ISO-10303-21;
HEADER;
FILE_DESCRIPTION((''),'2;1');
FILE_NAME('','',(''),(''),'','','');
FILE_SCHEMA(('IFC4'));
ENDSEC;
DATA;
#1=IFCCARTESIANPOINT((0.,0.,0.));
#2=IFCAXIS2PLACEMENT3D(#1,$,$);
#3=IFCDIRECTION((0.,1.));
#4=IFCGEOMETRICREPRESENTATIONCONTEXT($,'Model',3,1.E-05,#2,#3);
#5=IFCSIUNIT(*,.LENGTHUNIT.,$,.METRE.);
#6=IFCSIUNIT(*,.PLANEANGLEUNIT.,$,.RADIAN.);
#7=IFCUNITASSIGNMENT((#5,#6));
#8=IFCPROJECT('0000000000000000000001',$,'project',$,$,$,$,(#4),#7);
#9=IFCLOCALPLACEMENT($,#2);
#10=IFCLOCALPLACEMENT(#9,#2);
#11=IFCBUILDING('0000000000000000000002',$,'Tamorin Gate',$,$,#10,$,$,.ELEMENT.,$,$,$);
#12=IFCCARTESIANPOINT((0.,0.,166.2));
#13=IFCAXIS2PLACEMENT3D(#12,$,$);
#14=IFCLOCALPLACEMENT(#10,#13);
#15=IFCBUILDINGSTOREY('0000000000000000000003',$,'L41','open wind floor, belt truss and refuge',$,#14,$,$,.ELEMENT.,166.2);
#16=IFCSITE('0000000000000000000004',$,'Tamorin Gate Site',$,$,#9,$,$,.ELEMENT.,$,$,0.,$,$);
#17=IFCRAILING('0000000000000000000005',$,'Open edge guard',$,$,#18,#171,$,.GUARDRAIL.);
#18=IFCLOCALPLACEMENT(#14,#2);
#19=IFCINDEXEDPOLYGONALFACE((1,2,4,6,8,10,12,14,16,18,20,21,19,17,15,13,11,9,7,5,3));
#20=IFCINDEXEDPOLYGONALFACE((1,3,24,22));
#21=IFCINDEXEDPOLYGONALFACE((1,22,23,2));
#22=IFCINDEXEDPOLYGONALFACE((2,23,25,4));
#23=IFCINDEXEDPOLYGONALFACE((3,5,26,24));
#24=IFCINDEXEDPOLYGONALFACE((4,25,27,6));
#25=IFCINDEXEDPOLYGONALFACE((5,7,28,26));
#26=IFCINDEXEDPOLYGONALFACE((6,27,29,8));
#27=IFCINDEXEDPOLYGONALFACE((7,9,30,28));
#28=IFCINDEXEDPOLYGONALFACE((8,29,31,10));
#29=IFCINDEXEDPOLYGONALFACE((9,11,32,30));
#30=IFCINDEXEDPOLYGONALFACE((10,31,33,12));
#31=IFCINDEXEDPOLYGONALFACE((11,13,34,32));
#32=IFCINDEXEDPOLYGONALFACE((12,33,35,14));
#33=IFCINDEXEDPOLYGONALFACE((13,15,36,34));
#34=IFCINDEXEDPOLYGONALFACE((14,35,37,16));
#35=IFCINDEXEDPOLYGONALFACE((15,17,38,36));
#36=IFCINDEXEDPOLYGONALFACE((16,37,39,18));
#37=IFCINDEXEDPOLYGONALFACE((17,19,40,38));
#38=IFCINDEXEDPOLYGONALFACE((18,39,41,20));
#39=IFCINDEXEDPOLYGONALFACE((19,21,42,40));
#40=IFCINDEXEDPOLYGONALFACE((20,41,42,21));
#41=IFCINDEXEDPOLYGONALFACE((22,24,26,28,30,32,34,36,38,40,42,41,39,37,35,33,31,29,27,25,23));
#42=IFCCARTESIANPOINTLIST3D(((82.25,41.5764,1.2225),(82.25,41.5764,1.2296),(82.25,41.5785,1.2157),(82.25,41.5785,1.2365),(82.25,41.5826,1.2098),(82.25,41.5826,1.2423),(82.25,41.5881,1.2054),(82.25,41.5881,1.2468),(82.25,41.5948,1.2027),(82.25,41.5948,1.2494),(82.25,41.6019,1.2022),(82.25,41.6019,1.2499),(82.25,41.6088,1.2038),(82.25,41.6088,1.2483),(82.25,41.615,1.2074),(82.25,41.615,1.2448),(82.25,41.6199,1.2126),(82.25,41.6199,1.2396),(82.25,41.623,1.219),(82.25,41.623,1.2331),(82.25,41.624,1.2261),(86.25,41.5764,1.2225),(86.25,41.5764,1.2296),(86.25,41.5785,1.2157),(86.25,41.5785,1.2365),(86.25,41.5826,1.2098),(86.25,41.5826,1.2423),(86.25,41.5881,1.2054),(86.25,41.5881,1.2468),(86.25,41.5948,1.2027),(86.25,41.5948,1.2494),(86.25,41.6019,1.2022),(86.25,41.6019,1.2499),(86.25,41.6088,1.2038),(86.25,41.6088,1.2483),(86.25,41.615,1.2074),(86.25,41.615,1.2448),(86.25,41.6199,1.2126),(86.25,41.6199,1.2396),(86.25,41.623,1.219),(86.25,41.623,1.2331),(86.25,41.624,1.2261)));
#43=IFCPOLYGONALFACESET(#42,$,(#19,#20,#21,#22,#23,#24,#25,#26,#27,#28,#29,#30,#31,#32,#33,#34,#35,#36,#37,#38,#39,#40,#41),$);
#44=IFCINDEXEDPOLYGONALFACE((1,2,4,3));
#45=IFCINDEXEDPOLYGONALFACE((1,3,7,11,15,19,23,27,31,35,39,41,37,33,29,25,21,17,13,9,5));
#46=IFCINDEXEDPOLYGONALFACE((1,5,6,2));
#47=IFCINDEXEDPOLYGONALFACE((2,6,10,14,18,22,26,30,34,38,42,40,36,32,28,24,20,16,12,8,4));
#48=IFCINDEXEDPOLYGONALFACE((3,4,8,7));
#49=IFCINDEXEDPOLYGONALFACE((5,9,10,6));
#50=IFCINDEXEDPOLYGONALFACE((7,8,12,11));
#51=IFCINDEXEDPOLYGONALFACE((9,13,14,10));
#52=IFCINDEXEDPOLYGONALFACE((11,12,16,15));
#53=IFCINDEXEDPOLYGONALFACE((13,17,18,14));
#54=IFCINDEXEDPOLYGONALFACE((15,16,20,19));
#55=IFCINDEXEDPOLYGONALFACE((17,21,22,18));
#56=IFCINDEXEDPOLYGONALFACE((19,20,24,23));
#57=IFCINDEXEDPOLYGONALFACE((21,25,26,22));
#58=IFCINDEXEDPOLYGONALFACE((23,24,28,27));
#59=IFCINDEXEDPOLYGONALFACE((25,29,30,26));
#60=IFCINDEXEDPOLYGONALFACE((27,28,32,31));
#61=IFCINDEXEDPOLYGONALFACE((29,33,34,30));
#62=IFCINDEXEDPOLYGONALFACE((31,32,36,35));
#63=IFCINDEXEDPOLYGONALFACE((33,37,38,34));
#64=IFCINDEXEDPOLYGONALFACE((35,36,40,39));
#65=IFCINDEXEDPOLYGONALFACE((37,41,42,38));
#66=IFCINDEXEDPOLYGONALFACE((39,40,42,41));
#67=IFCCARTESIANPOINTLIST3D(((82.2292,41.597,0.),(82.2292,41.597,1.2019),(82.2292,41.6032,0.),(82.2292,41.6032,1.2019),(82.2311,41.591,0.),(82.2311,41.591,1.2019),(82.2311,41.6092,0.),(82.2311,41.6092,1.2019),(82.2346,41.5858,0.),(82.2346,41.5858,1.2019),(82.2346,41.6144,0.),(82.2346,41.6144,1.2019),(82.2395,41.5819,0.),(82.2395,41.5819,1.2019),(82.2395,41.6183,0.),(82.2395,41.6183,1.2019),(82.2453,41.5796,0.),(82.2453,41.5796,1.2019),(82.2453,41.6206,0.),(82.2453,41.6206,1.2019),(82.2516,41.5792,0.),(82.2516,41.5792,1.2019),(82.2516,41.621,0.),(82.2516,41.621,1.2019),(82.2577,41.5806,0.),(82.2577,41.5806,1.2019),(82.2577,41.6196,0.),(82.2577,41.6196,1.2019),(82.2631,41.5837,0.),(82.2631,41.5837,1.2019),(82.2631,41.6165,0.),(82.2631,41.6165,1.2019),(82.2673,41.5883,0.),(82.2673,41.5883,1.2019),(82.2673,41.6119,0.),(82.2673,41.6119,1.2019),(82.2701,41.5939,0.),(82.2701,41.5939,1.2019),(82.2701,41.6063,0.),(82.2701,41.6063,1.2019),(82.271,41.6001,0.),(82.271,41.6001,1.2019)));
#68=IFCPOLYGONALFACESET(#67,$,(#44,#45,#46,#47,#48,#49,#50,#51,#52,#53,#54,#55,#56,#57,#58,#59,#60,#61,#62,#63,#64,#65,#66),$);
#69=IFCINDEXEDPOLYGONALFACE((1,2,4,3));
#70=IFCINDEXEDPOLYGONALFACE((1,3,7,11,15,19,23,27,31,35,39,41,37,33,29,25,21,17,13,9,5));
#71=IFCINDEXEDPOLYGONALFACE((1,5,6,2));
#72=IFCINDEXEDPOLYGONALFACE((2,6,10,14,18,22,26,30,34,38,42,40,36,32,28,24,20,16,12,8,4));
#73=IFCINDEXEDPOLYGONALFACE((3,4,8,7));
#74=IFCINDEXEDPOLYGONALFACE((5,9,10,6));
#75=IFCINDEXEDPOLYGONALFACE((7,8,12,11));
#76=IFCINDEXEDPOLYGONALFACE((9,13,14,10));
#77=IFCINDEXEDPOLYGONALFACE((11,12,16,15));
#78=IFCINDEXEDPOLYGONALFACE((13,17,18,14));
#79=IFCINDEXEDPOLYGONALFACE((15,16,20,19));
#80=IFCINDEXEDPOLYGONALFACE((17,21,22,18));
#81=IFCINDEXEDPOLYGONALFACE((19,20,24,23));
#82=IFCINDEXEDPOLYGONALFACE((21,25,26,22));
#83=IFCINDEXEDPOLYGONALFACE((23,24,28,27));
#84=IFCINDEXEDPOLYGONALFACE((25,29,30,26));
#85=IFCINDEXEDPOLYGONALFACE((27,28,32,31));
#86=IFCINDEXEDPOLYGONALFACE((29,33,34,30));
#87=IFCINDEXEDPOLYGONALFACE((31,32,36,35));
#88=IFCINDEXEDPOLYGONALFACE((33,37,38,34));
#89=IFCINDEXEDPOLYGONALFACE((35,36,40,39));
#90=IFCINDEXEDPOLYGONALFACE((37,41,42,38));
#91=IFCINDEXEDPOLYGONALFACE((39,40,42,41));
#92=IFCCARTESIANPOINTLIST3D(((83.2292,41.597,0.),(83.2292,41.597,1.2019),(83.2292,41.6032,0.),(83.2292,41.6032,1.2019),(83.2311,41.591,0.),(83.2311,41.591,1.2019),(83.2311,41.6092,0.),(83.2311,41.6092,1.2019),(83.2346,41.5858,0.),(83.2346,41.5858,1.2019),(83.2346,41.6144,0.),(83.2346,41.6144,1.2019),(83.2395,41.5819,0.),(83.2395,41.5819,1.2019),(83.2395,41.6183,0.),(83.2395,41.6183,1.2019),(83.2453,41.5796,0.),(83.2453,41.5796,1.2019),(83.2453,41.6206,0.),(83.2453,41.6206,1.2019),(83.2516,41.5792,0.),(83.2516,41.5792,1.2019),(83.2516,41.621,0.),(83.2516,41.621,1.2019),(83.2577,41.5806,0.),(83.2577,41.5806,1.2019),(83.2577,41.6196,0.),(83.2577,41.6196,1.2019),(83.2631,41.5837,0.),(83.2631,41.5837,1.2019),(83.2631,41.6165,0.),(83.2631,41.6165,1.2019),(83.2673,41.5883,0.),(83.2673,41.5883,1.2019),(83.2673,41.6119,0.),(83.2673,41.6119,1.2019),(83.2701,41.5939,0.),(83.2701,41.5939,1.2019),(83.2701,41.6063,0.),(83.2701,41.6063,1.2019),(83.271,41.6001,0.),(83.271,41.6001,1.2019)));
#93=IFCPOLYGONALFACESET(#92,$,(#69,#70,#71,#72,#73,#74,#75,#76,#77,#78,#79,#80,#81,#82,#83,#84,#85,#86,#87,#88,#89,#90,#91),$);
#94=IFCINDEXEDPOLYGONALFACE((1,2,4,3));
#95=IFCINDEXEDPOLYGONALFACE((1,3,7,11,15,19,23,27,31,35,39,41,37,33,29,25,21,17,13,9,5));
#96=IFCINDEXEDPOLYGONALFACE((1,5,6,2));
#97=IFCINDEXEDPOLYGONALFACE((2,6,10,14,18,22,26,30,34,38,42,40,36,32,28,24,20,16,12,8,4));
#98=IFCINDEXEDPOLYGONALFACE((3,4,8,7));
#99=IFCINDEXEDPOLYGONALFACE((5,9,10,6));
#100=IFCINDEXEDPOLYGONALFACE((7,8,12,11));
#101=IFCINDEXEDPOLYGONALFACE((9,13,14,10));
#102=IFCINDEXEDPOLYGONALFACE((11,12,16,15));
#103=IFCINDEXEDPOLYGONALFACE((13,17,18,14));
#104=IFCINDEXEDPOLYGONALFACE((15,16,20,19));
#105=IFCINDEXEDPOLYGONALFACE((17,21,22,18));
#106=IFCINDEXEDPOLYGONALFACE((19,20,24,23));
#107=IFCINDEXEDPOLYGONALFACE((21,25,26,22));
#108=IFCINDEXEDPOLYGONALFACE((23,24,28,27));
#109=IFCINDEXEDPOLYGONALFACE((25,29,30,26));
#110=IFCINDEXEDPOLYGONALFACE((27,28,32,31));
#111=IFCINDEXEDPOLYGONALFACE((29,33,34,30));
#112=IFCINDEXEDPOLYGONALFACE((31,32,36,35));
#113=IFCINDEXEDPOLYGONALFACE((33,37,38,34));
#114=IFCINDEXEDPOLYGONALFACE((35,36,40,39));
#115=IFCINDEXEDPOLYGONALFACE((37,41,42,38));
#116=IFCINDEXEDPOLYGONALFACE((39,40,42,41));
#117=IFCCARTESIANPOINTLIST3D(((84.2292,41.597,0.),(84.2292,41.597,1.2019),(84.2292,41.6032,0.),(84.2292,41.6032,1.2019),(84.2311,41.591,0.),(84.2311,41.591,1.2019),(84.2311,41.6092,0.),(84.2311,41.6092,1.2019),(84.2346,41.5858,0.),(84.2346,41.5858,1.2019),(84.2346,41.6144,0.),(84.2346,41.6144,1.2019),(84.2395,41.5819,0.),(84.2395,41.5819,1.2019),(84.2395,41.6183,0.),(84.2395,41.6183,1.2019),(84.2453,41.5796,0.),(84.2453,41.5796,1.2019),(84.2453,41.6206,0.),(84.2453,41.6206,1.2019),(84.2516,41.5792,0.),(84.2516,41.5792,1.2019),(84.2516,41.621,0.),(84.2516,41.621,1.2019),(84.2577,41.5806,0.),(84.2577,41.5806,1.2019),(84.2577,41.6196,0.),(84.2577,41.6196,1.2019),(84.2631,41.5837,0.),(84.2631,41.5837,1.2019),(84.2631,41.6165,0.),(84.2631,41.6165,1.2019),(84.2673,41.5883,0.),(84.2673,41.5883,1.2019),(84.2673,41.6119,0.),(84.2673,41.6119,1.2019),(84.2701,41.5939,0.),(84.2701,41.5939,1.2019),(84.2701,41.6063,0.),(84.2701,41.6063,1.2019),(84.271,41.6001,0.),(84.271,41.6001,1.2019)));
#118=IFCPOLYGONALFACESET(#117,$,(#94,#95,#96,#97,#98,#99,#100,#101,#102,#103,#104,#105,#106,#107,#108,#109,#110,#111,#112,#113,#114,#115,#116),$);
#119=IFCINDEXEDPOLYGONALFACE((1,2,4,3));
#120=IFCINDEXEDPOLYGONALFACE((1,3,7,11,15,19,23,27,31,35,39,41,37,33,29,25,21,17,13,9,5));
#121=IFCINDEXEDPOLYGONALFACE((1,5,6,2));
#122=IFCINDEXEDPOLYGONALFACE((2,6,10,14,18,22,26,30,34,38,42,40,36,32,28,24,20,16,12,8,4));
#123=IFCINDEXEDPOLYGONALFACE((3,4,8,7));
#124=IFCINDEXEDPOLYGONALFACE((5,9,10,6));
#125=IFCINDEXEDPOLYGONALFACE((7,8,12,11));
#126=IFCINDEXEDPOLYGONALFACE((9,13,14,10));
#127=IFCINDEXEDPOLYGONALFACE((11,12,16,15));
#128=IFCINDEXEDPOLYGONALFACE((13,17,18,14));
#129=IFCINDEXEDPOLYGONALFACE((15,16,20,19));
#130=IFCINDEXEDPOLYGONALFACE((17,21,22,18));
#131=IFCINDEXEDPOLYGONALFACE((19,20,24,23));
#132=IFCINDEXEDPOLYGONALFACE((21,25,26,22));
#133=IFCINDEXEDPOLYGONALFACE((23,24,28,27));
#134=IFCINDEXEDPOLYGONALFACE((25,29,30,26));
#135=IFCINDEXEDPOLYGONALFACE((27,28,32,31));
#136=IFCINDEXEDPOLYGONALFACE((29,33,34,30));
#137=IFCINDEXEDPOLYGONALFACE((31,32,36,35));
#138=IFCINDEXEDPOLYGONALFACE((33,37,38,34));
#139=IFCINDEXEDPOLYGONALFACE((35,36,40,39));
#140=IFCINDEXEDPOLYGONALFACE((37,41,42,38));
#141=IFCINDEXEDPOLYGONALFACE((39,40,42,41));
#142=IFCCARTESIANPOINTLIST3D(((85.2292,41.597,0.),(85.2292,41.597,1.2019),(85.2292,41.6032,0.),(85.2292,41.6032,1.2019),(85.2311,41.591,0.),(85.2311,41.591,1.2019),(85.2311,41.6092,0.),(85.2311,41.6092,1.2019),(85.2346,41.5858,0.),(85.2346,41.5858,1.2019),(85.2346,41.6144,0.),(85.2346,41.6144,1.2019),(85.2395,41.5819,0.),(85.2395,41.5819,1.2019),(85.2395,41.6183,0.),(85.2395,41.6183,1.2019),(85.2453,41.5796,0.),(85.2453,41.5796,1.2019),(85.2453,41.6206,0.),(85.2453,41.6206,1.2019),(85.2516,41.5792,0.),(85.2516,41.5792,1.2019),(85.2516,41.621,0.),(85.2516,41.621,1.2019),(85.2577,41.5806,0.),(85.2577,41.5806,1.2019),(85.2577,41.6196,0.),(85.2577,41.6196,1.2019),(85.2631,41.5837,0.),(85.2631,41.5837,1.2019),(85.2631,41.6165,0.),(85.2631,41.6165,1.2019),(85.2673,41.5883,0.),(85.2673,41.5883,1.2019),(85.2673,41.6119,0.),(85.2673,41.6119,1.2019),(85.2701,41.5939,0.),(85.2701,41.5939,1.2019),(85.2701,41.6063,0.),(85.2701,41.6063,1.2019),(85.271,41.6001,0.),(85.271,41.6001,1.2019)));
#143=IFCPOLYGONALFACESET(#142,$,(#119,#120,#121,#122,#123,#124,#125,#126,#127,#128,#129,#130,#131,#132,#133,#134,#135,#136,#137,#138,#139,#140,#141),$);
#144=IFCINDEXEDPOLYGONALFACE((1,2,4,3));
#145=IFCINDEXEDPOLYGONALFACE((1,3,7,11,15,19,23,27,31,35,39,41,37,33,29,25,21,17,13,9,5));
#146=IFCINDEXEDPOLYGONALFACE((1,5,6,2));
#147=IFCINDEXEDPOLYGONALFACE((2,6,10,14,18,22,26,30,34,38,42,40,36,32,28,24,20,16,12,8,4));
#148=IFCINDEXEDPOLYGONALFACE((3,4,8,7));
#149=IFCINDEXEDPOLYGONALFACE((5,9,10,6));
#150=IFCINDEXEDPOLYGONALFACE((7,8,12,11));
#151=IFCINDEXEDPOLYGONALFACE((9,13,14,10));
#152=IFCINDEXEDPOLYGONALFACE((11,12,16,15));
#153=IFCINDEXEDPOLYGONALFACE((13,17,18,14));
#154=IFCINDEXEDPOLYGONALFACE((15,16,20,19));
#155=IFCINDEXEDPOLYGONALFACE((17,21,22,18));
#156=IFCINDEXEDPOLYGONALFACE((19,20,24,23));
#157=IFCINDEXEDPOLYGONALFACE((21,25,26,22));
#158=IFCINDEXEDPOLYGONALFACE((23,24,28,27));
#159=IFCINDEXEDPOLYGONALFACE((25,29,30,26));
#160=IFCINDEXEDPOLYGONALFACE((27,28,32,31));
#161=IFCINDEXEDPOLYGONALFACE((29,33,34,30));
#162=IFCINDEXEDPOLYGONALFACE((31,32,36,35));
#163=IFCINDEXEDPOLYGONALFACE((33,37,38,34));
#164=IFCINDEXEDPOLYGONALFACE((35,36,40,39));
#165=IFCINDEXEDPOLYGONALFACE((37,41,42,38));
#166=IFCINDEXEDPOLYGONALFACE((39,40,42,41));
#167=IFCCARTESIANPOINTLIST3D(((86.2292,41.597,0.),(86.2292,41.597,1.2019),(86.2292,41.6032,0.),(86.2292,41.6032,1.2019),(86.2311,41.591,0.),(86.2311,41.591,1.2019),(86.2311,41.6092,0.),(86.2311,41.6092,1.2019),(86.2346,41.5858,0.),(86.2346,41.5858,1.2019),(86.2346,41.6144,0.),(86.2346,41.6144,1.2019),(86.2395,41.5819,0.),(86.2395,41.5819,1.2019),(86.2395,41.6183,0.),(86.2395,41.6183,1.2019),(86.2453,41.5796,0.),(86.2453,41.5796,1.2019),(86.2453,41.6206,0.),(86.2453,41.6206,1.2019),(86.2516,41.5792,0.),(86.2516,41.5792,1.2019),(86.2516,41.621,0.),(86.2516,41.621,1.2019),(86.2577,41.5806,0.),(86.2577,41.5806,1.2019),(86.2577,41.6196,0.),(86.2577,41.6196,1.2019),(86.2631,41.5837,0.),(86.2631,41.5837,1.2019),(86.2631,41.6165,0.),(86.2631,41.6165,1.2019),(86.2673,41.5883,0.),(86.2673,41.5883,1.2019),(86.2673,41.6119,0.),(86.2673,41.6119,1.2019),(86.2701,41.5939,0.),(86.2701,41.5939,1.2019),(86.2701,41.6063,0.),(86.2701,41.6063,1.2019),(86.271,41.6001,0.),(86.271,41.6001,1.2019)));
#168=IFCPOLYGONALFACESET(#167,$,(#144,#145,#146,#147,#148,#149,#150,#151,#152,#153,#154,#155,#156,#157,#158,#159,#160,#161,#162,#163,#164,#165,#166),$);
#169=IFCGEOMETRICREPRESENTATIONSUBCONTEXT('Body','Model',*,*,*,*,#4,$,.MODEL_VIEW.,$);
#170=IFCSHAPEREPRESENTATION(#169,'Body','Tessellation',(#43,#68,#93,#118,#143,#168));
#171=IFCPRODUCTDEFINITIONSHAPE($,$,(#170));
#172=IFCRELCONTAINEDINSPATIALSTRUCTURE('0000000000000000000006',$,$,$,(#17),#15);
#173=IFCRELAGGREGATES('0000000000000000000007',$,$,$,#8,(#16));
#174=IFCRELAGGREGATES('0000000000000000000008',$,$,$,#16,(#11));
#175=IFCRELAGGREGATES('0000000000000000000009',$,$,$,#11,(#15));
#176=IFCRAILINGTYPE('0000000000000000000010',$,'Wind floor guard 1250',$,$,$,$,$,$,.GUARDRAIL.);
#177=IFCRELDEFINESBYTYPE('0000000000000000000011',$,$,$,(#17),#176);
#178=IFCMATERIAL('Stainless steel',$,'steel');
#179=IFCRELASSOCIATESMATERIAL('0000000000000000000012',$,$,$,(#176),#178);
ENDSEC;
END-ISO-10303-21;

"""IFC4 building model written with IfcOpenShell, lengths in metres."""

from ifc_helpers import new_model, si_unit, direction, frame, origin, origin_2d, place, context, subcontext, project, spatial, circle, extrude, material, type_object, element, save


model = new_model("IFC4")

# Units and contexts
model_context = context("Model", 3, precision=1e-05, world=origin(), true_north=direction((0.0, 1.0)))
body_context = subcontext(model_context, "Body", "Model", "MODEL_VIEW")
ifc_project = project(units=[si_unit("LENGTHUNIT", "METRE"), si_unit("PLANEANGLEUNIT", "RADIAN")], contexts=[model_context])

# Site, building, storey
site_placement = place(None, origin())
site = spatial("IfcSite", under=ifc_project, at=site_placement, Name="Tamorin Gate Site", CompositionType="ELEMENT", RefElevation=0.0)
building_placement = place(site_placement, origin())
building = spatial("IfcBuilding", under=site, at=building_placement, Name="Tamorin Gate", CompositionType="ELEMENT")
storey_placement = place(building_placement, frame((0.0, 0.0, 166.2)))
storey = spatial("IfcBuildingStorey", under=building, at=storey_placement, Name="L41", Description="open wind floor, belt truss and refuge", CompositionType="ELEMENT", Elevation=166.2)

# Railing
ifc_material_1 = material(Name="Stainless steel", Category="steel")
railing_type = type_object("IfcRailingType", Name="Wind floor guard 1250", PredefinedType="GUARDRAIL", material=ifc_material_1)
railing_1_placement = place(storey_placement, frame((82.25, 41.6001, 0.0)))
element("IfcRailing", 1, at=railing_1_placement, inside=storey, type_object=railing_type, Name="Open edge guard", PredefinedType="GUARDRAIL", context=body_context, shape_type="SweptSolid", body=[
    extrude(circle(Radius=0.0239, at=origin_2d()), frame((0.0, 0.0, 1.2261), z_axis=(1.0, 0.0, 0.0), x_axis=(0.0, 1.0, 0.0)), (0.0, 0.0, 1.0), 4.0),
    extrude(circle(Radius=0.021, at=origin_2d()), origin(), (0.0, 0.0, 1.0), 1.2019),
    extrude(circle(Radius=0.021, at=origin_2d()), frame((1.0, 0.0, 0.0)), (0.0, 0.0, 1.0), 1.2019),
    extrude(circle(Radius=0.021, at=origin_2d()), frame((2.0, 0.0, 0.0)), (0.0, 0.0, 1.0), 1.2019),
    extrude(circle(Radius=0.021, at=origin_2d()), frame((3.0, 0.0, 0.0)), (0.0, 0.0, 1.0), 1.2019),
    extrude(circle(Radius=0.021, at=origin_2d()), frame((4.0, 0.0, 0.0)), (0.0, 0.0, 1.0), 1.2019),
])

save(model, "model.ifc")
